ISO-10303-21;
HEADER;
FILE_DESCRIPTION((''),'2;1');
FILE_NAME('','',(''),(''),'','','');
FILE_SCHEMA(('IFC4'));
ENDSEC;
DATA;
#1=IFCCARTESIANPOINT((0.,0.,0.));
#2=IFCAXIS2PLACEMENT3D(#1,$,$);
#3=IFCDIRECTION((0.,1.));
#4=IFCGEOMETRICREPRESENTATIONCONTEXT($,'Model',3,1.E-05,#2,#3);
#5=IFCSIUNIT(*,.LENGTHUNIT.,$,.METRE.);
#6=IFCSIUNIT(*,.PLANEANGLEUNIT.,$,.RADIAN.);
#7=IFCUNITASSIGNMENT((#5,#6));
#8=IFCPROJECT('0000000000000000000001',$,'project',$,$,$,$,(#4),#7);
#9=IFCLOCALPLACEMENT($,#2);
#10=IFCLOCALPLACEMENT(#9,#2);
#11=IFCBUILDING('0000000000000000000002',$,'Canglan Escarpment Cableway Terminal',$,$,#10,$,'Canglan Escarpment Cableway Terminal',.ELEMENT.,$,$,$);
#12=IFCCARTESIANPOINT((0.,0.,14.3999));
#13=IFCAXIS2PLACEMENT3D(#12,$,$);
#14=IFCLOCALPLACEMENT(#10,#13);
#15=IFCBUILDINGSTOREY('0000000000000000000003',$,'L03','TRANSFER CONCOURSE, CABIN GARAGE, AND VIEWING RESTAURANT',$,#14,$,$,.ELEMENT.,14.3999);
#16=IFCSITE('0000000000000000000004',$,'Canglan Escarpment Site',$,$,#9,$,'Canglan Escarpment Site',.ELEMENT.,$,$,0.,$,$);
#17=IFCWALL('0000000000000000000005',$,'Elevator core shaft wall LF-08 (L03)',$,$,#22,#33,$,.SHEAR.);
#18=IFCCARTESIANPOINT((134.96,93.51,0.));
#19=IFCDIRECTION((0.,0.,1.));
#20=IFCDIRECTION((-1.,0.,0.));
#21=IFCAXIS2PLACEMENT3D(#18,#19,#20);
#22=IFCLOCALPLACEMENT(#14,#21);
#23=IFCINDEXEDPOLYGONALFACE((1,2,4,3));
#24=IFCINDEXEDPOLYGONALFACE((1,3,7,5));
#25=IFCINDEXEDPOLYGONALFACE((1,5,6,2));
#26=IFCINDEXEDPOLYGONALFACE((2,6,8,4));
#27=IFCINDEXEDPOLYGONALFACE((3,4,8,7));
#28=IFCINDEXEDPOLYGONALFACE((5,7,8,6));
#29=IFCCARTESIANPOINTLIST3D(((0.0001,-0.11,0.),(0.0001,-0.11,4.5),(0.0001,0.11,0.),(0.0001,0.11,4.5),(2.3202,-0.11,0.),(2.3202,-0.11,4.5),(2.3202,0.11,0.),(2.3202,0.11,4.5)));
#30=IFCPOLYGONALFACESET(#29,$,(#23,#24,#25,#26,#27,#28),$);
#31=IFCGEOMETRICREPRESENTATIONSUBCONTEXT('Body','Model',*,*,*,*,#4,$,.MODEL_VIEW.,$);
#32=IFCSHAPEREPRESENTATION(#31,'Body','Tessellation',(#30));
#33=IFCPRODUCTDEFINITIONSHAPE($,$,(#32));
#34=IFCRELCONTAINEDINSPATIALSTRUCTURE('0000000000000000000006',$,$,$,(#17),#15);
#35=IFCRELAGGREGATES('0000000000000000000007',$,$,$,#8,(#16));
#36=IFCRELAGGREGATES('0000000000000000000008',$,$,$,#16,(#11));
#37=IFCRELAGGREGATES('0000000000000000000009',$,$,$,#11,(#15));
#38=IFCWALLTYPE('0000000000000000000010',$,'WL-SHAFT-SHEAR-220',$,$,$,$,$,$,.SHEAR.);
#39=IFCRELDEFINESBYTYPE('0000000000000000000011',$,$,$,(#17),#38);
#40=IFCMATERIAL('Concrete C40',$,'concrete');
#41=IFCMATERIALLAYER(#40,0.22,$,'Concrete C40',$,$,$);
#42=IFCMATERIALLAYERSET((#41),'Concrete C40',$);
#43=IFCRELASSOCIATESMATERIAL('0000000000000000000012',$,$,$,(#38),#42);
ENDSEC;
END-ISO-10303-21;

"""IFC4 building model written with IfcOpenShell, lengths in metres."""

from ifc_helpers import new_model, si_unit, direction, frame, frame_2d, origin, place, context, subcontext, project, spatial, rectangle, extrude, material, layer, layer_set, type_object, element, save


model = new_model("IFC4")

# Units and contexts
model_context = context("Model", 3, precision=1e-05, world=origin(), true_north=direction((0.0, 1.0)))
body_context = subcontext(model_context, "Body", "Model", "MODEL_VIEW")
ifc_project = project(units=[si_unit("LENGTHUNIT", "METRE"), si_unit("PLANEANGLEUNIT", "RADIAN")], contexts=[model_context])

# Site, building, storey
site_placement = place(None, origin())
site = spatial("IfcSite", under=ifc_project, at=site_placement, Name="Canglan Escarpment Site", LongName="Canglan Escarpment Site", CompositionType="ELEMENT", RefElevation=0.0)
building_placement = place(site_placement, origin())
building = spatial("IfcBuilding", under=site, at=building_placement, Name="Canglan Escarpment Cableway Terminal", LongName="Canglan Escarpment Cableway Terminal", CompositionType="ELEMENT")
storey_placement = place(building_placement, frame((0.0, 0.0, 14.3999)))
storey = spatial("IfcBuildingStorey", under=building, at=storey_placement, Name="L03", Description="TRANSFER CONCOURSE, CABIN GARAGE, AND VIEWING RESTAURANT", CompositionType="ELEMENT", Elevation=14.3999)

# Shared definitions
ifc_material_1 = material(Name="Concrete C40", Category="concrete")

# Wall
ifc_layer_1 = layer(ifc_material_1, 0.22, Name="Concrete C40")
ifc_layer_set_1 = layer_set([ifc_layer_1], Name="Concrete C40")
wall_type_1 = type_object("IfcWallType", Name="WL-SHAFT-SHEAR-220", PredefinedType="SHEAR", material=ifc_layer_set_1)
wall_1_placement = place(storey_placement, frame((134.96, 93.51, 0.0), z_axis=(0.0, 0.0, 1.0), x_axis=(-1.0, 0.0, 0.0)))
element("IfcWall", 1, at=wall_1_placement, inside=storey, type_object=wall_type_1, Name="Elevator core shaft wall LF-08 (L03)", PredefinedType="SHEAR", context=body_context, shape_type="SweptSolid", body=[
    extrude(rectangle(XDim=2.3201, YDim=0.22, at=frame_2d((1.1602, 0.0))), origin(), (0.0, 0.0, 1.0), 4.5),
])

save(model, "model.ifc")
